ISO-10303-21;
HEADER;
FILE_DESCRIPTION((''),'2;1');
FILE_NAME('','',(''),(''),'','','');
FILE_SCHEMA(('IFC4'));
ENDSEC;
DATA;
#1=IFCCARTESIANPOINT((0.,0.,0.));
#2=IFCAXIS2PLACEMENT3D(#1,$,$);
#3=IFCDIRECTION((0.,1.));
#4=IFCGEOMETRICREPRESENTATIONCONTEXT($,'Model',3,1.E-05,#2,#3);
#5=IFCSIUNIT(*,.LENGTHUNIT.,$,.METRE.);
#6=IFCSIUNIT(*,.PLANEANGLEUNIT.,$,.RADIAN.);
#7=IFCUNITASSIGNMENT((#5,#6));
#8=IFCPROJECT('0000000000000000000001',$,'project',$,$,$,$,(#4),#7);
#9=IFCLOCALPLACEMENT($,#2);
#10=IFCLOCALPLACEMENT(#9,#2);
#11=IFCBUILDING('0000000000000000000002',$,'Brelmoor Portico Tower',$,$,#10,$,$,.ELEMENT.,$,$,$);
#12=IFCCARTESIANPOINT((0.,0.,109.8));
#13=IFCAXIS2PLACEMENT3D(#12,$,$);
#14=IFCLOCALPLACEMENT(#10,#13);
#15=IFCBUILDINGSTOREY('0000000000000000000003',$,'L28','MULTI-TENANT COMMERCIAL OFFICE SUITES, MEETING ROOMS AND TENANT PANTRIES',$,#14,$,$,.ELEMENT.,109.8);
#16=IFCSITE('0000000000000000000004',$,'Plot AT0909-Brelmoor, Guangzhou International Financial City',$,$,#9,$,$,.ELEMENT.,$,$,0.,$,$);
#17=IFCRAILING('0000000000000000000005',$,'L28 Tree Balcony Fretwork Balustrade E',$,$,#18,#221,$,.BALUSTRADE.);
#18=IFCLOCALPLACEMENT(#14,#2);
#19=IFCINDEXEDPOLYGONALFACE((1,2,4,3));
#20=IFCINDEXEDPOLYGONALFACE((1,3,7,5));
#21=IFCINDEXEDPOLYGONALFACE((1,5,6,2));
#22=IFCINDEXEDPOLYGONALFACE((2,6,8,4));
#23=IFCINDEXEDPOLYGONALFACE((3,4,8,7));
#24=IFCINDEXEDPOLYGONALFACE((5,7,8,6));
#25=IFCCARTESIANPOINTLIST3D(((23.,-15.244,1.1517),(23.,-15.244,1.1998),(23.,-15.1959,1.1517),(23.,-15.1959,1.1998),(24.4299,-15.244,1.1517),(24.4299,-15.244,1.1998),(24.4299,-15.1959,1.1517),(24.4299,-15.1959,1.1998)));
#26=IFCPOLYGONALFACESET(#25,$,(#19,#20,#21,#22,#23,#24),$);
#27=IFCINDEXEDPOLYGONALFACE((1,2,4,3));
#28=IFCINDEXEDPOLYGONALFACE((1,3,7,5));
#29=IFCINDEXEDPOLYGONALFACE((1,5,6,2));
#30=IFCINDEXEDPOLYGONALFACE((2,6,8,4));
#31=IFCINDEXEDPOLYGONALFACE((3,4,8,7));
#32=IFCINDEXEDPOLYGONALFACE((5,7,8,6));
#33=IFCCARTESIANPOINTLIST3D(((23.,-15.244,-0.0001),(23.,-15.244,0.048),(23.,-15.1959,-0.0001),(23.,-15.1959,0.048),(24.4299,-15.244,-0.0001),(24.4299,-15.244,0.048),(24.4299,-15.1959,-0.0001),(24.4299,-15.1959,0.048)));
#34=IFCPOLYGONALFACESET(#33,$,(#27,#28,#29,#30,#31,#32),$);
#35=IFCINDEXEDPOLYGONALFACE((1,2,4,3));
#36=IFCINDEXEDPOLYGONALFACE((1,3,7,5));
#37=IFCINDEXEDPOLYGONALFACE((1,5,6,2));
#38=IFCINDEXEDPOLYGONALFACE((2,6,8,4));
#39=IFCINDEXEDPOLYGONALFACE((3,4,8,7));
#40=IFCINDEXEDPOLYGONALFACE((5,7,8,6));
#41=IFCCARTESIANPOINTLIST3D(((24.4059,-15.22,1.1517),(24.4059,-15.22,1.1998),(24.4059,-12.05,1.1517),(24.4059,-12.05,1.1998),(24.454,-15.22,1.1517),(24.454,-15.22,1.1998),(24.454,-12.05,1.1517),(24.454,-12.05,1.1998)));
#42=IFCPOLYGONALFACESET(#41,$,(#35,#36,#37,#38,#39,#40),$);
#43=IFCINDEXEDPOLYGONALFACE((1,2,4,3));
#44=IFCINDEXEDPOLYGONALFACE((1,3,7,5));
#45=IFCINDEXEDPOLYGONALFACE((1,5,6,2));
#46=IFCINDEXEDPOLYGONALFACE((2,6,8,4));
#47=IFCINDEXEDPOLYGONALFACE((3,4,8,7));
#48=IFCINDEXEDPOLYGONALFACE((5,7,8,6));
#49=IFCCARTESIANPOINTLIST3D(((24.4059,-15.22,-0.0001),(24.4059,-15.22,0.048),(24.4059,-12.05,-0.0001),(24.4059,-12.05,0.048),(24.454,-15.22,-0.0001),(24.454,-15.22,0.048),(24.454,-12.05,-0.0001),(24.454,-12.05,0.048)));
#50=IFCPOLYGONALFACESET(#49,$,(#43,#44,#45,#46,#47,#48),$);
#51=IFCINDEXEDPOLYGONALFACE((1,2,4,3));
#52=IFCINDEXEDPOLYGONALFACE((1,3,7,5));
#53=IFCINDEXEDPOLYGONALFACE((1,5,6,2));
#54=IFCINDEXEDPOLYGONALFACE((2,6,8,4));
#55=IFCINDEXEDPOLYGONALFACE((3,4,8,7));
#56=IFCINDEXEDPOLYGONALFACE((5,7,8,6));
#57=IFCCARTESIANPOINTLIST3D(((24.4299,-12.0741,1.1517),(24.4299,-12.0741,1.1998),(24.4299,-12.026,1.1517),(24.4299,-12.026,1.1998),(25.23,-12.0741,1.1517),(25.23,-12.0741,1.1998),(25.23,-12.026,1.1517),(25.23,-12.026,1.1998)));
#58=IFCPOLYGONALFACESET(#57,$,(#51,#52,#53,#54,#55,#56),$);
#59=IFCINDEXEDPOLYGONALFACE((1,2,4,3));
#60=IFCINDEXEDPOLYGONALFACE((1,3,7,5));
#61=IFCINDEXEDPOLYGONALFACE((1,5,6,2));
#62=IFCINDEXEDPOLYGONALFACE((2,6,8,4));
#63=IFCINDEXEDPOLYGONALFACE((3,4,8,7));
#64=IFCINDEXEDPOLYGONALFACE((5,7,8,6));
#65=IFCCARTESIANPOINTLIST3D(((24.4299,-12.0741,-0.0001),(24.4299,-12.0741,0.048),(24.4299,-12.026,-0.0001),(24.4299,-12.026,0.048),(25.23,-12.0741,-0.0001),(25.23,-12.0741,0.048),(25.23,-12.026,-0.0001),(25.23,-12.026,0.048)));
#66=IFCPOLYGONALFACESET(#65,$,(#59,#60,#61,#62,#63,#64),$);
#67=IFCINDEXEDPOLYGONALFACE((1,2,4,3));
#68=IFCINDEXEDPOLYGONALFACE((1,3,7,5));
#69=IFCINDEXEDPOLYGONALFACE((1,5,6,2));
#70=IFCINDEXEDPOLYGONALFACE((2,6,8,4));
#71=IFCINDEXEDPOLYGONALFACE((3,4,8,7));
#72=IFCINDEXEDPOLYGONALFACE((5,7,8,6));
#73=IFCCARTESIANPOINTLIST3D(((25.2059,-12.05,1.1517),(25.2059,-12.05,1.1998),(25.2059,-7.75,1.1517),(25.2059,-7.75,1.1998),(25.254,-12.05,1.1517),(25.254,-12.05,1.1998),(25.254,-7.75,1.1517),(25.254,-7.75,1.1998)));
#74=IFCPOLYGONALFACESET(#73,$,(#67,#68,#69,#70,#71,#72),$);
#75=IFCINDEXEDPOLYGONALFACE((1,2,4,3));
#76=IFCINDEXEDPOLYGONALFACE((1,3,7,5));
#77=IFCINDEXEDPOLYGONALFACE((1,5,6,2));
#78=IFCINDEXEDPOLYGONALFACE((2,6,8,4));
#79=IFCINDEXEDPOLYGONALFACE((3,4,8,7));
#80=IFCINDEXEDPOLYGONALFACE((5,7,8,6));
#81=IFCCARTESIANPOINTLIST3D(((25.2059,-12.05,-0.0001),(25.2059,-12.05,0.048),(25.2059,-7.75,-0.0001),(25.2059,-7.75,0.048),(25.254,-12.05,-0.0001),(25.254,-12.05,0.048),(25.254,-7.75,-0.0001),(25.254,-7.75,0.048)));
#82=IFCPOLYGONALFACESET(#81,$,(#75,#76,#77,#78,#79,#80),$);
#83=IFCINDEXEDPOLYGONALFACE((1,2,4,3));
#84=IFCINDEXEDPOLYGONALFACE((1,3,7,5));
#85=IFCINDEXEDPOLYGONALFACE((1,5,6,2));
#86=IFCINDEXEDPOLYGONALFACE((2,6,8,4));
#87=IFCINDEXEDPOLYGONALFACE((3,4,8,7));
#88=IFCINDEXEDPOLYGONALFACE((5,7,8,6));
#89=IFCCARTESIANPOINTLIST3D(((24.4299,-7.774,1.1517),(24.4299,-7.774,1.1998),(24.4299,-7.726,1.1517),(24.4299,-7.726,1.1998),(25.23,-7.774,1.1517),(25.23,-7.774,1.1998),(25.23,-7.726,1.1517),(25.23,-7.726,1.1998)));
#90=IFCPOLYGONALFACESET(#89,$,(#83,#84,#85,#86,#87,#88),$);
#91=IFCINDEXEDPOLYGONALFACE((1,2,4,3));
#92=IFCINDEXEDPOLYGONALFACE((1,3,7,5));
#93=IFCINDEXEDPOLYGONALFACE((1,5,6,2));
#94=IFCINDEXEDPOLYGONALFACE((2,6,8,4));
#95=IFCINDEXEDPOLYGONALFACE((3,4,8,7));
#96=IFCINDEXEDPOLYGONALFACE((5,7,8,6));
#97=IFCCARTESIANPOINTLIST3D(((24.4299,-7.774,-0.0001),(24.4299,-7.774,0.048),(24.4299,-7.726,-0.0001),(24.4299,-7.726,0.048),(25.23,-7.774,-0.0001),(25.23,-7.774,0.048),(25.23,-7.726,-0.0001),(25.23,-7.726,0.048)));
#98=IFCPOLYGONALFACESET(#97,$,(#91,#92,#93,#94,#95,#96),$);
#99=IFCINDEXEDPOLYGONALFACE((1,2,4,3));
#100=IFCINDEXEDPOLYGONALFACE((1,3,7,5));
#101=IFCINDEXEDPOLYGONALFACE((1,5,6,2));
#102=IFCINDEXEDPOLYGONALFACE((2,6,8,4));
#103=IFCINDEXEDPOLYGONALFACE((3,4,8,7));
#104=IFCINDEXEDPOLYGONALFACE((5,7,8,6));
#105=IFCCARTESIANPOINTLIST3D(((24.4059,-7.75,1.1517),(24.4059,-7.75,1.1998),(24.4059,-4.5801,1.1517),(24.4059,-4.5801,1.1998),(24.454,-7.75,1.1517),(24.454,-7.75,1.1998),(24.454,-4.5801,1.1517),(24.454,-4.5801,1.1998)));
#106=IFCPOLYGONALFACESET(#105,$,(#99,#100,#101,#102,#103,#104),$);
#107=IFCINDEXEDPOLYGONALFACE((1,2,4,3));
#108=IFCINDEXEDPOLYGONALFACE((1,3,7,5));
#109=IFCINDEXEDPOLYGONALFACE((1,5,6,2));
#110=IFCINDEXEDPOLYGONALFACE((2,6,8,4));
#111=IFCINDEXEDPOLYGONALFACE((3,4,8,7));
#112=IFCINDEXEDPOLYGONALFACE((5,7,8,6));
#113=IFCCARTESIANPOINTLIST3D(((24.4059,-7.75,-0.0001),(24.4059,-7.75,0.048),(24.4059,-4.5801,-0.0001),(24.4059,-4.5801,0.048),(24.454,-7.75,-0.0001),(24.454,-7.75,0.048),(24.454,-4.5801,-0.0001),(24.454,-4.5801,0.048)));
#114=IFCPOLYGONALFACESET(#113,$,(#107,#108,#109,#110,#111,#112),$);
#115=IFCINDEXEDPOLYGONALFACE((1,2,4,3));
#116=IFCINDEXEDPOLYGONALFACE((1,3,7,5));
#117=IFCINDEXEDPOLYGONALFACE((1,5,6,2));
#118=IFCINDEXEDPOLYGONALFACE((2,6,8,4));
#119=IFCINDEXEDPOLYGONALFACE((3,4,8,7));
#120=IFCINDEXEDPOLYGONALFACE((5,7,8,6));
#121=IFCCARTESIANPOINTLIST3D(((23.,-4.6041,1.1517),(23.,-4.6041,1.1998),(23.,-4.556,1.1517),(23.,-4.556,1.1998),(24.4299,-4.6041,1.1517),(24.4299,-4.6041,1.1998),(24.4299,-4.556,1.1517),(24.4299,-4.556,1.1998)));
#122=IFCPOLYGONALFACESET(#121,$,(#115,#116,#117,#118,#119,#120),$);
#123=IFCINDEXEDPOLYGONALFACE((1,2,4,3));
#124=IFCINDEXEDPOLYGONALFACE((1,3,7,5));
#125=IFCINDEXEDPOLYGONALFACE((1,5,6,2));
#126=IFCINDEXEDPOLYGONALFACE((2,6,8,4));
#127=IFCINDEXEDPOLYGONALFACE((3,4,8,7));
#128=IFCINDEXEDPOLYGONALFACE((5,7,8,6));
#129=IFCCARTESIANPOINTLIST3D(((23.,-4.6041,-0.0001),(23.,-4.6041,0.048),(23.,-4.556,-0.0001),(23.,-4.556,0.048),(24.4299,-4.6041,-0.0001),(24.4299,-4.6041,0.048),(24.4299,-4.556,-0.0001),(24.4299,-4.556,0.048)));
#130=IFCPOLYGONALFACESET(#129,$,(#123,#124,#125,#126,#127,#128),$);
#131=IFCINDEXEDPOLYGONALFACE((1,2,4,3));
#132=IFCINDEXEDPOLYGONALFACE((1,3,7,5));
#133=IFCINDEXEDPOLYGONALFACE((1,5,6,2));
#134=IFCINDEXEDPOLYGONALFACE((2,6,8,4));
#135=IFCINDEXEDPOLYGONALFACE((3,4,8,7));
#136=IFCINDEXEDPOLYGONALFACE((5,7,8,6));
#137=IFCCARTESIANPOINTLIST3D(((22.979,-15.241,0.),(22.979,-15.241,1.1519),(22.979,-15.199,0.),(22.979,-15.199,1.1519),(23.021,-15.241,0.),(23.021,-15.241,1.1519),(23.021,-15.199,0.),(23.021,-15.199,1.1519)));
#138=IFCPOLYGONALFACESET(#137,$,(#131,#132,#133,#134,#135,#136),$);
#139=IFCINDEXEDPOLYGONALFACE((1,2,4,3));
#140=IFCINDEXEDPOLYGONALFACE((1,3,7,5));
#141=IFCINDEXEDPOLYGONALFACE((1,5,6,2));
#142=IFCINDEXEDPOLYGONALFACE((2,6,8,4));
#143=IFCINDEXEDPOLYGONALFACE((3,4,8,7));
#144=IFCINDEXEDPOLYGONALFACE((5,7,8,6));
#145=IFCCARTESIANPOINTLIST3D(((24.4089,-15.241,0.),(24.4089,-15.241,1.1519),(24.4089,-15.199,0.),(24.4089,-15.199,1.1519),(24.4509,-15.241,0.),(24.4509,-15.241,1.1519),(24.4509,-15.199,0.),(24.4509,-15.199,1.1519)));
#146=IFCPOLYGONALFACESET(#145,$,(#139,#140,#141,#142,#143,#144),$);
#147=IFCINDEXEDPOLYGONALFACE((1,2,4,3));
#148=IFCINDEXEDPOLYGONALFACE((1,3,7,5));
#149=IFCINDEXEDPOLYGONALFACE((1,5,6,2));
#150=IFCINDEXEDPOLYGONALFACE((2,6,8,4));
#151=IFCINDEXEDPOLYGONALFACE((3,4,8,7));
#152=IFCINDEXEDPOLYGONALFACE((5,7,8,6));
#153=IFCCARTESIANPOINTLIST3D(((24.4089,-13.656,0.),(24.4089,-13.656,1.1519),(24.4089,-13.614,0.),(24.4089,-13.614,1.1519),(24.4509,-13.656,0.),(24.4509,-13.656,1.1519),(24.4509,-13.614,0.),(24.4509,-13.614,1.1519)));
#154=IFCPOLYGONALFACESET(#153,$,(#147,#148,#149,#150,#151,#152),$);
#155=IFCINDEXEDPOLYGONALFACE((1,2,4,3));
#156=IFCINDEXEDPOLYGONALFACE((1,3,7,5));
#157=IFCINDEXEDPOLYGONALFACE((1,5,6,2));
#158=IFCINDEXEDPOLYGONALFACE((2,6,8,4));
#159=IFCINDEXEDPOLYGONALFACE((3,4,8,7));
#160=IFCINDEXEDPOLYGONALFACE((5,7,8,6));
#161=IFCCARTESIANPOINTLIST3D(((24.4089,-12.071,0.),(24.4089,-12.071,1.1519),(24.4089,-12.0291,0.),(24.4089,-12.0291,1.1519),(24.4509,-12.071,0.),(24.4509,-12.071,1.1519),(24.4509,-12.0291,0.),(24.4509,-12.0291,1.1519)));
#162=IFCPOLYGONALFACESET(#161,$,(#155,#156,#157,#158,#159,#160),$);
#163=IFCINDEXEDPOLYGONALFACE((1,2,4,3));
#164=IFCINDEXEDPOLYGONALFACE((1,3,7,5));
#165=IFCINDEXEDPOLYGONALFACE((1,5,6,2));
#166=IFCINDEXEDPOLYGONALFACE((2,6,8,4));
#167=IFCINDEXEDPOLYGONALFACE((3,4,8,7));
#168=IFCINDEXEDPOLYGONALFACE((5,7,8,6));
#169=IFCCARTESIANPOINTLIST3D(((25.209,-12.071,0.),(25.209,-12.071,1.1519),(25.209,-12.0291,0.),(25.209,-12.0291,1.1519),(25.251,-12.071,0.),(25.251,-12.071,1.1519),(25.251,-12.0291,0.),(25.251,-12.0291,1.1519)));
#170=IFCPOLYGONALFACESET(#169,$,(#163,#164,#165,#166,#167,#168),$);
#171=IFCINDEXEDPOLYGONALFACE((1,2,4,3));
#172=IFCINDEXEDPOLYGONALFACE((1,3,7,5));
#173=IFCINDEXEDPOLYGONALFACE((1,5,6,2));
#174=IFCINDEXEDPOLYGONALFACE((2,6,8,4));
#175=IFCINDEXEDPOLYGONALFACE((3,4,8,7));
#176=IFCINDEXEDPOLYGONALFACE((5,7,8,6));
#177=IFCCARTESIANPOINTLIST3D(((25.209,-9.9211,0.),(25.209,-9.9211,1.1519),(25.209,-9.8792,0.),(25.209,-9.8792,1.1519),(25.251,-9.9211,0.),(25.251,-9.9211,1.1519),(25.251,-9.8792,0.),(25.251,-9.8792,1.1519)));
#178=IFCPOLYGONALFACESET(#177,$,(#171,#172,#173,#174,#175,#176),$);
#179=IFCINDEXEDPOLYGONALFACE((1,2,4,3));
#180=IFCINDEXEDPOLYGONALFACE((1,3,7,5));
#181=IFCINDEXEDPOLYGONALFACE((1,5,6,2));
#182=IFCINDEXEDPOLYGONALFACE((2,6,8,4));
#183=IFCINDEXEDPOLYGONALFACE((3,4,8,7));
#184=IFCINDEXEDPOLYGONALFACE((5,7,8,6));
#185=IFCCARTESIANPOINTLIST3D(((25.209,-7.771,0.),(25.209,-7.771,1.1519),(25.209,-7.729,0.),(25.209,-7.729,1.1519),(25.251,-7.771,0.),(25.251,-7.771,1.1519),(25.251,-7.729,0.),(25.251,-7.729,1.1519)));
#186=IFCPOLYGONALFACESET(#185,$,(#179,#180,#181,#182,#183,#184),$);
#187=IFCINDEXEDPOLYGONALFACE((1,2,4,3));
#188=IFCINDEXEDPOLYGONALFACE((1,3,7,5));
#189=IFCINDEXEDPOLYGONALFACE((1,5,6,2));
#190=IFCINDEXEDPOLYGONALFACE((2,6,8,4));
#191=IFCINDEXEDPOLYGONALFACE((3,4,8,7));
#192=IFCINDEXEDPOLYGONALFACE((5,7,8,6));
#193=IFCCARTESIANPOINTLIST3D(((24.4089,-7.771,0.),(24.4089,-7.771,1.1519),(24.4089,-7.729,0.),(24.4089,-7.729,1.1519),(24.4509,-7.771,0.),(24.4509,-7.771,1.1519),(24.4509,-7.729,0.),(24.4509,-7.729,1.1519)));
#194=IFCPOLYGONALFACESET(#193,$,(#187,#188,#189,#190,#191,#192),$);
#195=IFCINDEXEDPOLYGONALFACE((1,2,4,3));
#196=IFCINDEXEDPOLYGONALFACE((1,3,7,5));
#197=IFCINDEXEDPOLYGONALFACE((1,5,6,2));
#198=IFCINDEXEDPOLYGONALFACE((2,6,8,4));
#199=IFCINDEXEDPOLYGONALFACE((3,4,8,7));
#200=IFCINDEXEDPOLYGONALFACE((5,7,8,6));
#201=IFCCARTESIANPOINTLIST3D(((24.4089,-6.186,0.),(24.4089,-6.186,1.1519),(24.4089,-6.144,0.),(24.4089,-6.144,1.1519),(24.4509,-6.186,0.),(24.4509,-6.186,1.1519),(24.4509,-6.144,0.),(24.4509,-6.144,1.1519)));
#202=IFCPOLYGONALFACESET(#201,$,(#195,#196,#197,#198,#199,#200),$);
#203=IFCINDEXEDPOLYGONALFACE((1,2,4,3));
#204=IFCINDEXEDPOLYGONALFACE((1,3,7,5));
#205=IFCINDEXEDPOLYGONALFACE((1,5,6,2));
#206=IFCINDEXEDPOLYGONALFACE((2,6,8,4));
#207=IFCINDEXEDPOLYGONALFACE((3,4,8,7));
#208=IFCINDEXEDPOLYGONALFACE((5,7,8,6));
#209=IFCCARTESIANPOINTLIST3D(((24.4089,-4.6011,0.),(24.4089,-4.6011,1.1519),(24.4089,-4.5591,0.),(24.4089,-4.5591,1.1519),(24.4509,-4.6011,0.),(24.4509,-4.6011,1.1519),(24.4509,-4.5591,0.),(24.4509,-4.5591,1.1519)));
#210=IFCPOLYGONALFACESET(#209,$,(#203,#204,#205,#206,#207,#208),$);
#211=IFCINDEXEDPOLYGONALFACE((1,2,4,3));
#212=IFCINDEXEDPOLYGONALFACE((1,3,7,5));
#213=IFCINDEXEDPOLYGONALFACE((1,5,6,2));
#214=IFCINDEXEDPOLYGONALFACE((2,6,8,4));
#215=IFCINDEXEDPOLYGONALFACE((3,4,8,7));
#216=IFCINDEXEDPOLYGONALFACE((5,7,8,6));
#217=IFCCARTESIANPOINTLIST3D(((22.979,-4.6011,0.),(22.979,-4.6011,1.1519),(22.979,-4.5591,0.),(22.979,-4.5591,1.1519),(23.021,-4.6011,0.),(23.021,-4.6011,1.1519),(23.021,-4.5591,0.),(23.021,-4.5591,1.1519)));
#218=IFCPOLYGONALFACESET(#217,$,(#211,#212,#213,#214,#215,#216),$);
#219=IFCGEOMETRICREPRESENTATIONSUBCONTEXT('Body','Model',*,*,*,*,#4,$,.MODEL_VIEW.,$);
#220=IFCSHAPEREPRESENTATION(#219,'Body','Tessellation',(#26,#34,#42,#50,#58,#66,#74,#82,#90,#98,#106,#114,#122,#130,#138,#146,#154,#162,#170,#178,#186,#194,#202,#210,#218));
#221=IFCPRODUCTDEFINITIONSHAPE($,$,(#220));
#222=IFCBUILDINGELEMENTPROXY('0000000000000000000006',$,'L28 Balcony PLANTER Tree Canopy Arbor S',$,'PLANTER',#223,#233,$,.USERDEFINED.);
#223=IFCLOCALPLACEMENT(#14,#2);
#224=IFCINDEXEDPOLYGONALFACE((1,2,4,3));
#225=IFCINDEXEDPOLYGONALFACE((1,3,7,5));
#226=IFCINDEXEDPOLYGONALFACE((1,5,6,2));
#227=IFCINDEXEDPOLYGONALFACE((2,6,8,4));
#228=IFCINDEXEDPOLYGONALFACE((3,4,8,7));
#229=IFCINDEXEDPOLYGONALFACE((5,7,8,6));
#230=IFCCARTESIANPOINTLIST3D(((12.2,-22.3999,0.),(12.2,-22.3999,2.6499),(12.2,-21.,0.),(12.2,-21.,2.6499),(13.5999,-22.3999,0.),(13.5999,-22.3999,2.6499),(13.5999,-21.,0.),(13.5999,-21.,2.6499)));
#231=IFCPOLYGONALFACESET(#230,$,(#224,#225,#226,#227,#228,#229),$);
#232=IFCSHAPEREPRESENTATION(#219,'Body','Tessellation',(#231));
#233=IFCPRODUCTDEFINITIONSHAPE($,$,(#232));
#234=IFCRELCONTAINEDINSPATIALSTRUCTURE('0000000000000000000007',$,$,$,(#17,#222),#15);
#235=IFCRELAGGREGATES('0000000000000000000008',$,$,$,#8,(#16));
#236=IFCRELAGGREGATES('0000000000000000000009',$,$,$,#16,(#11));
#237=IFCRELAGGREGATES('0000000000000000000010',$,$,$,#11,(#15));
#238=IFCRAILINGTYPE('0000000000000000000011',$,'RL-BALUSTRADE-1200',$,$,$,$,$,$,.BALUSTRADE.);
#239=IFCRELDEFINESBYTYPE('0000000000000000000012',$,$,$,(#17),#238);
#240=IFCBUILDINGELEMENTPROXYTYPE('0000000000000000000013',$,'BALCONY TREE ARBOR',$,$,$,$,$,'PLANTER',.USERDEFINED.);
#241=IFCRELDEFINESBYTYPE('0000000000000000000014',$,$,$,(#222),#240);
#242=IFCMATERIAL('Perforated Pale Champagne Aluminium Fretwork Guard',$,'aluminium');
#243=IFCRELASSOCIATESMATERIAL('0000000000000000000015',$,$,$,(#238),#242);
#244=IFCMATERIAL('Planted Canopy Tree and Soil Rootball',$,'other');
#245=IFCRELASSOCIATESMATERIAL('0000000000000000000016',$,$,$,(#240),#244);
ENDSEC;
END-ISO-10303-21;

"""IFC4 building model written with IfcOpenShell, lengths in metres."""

from ifc_helpers import new_model, si_unit, direction, frame, origin, origin_2d, place, context, subcontext, project, spatial, rectangle, extrude, material, type_object, element, save


model = new_model("IFC4")

# Units and contexts
model_context = context("Model", 3, precision=1e-05, world=origin(), true_north=direction((0.0, 1.0)))
body_context = subcontext(model_context, "Body", "Model", "MODEL_VIEW")
ifc_project = project(units=[si_unit("LENGTHUNIT", "METRE"), si_unit("PLANEANGLEUNIT", "RADIAN")], contexts=[model_context])

# Site, building, storey
site_placement = place(None, origin())
site = spatial("IfcSite", under=ifc_project, at=site_placement, Name="Plot AT0909-Brelmoor, Guangzhou International Financial City", CompositionType="ELEMENT", RefElevation=0.0)
building_placement = place(site_placement, origin())
building = spatial("IfcBuilding", under=site, at=building_placement, Name="Brelmoor Portico Tower", CompositionType="ELEMENT")
storey_placement = place(building_placement, frame((0.0, 0.0, 109.8)))
storey = spatial("IfcBuildingStorey", under=building, at=storey_placement, Name="L28", Description="MULTI-TENANT COMMERCIAL OFFICE SUITES, MEETING ROOMS AND TENANT PANTRIES", CompositionType="ELEMENT", Elevation=109.8)

# Railing
ifc_material_1 = material(Name="Perforated Pale Champagne Aluminium Fretwork Guard", Category="aluminium")
railing_type = type_object("IfcRailingType", Name="RL-BALUSTRADE-1200", PredefinedType="BALUSTRADE", material=ifc_material_1)
railing_placement = place(storey_placement, frame((23.0, -15.22, 0.0)))
element("IfcRailing", 1, at=railing_placement, inside=storey, type_object=railing_type, Name="L28 Tree Balcony Fretwork Balustrade E", PredefinedType="BALUSTRADE", context=body_context, shape_type="SweptSolid", body=[
    extrude(rectangle(XDim=0.0481, YDim=0.0481, at=origin_2d()), frame((0.0, 0.0, 1.1758), z_axis=(1.0, 0.0, 0.0), x_axis=(0.0, 1.0, 0.0)), (0.0, 0.0, 1.0), 1.4299),
    extrude(rectangle(XDim=0.0481, YDim=0.0481, at=origin_2d()), frame((0.0, 0.0, 0.0239), z_axis=(1.0, 0.0, 0.0), x_axis=(0.0, 1.0, 0.0)), (0.0, 0.0, 1.0), 1.4299),
    extrude(rectangle(XDim=0.0481, YDim=0.0481, at=origin_2d()), frame((1.4299, 0.0, 1.1758), z_axis=(0.0, 1.0, 0.0), x_axis=(-1.0, 0.0, 0.0)), (0.0, 0.0, 1.0), 3.1699),
    extrude(rectangle(XDim=0.0481, YDim=0.0481, at=origin_2d()), frame((1.4299, 0.0, 0.0239), z_axis=(0.0, 1.0, 0.0), x_axis=(-1.0, 0.0, 0.0)), (0.0, 0.0, 1.0), 3.1699),
    extrude(rectangle(XDim=0.0481, YDim=0.0481, at=origin_2d()), frame((1.4299, 3.1699, 1.1758), z_axis=(1.0, 0.0, 0.0), x_axis=(0.0, 1.0, 0.0)), (0.0, 0.0, 1.0), 0.8),
    extrude(rectangle(XDim=0.0481, YDim=0.0481, at=origin_2d()), frame((1.4299, 3.1699, 0.0239), z_axis=(1.0, 0.0, 0.0), x_axis=(0.0, 1.0, 0.0)), (0.0, 0.0, 1.0), 0.8),
    extrude(rectangle(XDim=0.0481, YDim=0.0481, at=origin_2d()), frame((2.23, 3.1699, 1.1758), z_axis=(0.0, 1.0, 0.0), x_axis=(-1.0, 0.0, 0.0)), (0.0, 0.0, 1.0), 4.3),
    extrude(rectangle(XDim=0.0481, YDim=0.0481, at=origin_2d()), frame((2.23, 3.1699, 0.0239), z_axis=(0.0, 1.0, 0.0), x_axis=(-1.0, 0.0, 0.0)), (0.0, 0.0, 1.0), 4.3),
    extrude(rectangle(XDim=0.0481, YDim=0.0481, at=origin_2d()), frame((2.23, 7.47, 1.1758), z_axis=(-1.0, 0.0, 0.0), x_axis=(0.0, -1.0, 0.0)), (0.0, 0.0, 1.0), 0.8),
    extrude(rectangle(XDim=0.0481, YDim=0.0481, at=origin_2d()), frame((2.23, 7.47, 0.0239), z_axis=(-1.0, 0.0, 0.0), x_axis=(0.0, -1.0, 0.0)), (0.0, 0.0, 1.0), 0.8),
    extrude(rectangle(XDim=0.0481, YDim=0.0481, at=origin_2d()), frame((1.4299, 7.47, 1.1758), z_axis=(0.0, 1.0, 0.0), x_axis=(-1.0, 0.0, 0.0)), (0.0, 0.0, 1.0), 3.1699),
    extrude(rectangle(XDim=0.0481, YDim=0.0481, at=origin_2d()), frame((1.4299, 7.47, 0.0239), z_axis=(0.0, 1.0, 0.0), x_axis=(-1.0, 0.0, 0.0)), (0.0, 0.0, 1.0), 3.1699),
    extrude(rectangle(XDim=0.0481, YDim=0.0481, at=origin_2d()), frame((1.4299, 10.6399, 1.1758), z_axis=(-1.0, 0.0, 0.0), x_axis=(0.0, -1.0, 0.0)), (0.0, 0.0, 1.0), 1.4299),
    extrude(rectangle(XDim=0.0481, YDim=0.0481, at=origin_2d()), frame((1.4299, 10.6399, 0.0239), z_axis=(-1.0, 0.0, 0.0), x_axis=(0.0, -1.0, 0.0)), (0.0, 0.0, 1.0), 1.4299),
    extrude(rectangle(XDim=0.042, YDim=0.042, at=origin_2d()), origin(), (0.0, 0.0, 1.0), 1.1519),
    extrude(rectangle(XDim=0.042, YDim=0.042, at=origin_2d()), frame((1.4299, 0.0, 0.0)), (0.0, 0.0, 1.0), 1.1519),
    extrude(rectangle(XDim=0.042, YDim=0.042, at=origin_2d()), frame((1.4299, 1.585, 0.0)), (0.0, 0.0, 1.0), 1.1519),
    extrude(rectangle(XDim=0.042, YDim=0.042, at=origin_2d()), frame((1.4299, 3.1699, 0.0)), (0.0, 0.0, 1.0), 1.1519),
    extrude(rectangle(XDim=0.042, YDim=0.042, at=origin_2d()), frame((2.23, 3.1699, 0.0)), (0.0, 0.0, 1.0), 1.1519),
    extrude(rectangle(XDim=0.042, YDim=0.042, at=origin_2d()), frame((2.23, 5.3198, 0.0)), (0.0, 0.0, 1.0), 1.1519),
    extrude(rectangle(XDim=0.042, YDim=0.042, at=origin_2d()), frame((2.23, 7.47, 0.0)), (0.0, 0.0, 1.0), 1.1519),
    extrude(rectangle(XDim=0.042, YDim=0.042, at=origin_2d()), frame((1.4299, 7.47, 0.0)), (0.0, 0.0, 1.0), 1.1519),
    extrude(rectangle(XDim=0.042, YDim=0.042, at=origin_2d()), frame((1.4299, 9.0549, 0.0)), (0.0, 0.0, 1.0), 1.1519),
    extrude(rectangle(XDim=0.042, YDim=0.042, at=origin_2d()), frame((1.4299, 10.6399, 0.0)), (0.0, 0.0, 1.0), 1.1519),
    extrude(rectangle(XDim=0.042, YDim=0.042, at=origin_2d()), frame((0.0, 10.6399, 0.0)), (0.0, 0.0, 1.0), 1.1519),
])

# Building element proxy
ifc_material_2 = material(Name="Planted Canopy Tree and Soil Rootball", Category="other")
building_element_proxy_type_1 = type_object("IfcBuildingElementProxyType", Name="BALCONY TREE ARBOR", ElementType="PLANTER", PredefinedType="USERDEFINED", material=ifc_material_2)
proxy_1_placement = place(storey_placement, frame((12.8999, -21.7, 0.0), z_axis=(0.0, 0.0, 1.0), x_axis=(1.0, 0.0, 0.0)))
element("IfcBuildingElementProxy", 2, at=proxy_1_placement, inside=storey, type_object=building_element_proxy_type_1, Name="L28 Balcony PLANTER Tree Canopy Arbor S", ObjectType="PLANTER", PredefinedType="USERDEFINED", context=body_context, shape_type="SweptSolid", body=[
    extrude(rectangle(XDim=1.3999, YDim=1.3999, at=origin_2d()), origin(), (0.0, 0.0, 1.0), 2.6499),
])

save(model, "model.ifc")
